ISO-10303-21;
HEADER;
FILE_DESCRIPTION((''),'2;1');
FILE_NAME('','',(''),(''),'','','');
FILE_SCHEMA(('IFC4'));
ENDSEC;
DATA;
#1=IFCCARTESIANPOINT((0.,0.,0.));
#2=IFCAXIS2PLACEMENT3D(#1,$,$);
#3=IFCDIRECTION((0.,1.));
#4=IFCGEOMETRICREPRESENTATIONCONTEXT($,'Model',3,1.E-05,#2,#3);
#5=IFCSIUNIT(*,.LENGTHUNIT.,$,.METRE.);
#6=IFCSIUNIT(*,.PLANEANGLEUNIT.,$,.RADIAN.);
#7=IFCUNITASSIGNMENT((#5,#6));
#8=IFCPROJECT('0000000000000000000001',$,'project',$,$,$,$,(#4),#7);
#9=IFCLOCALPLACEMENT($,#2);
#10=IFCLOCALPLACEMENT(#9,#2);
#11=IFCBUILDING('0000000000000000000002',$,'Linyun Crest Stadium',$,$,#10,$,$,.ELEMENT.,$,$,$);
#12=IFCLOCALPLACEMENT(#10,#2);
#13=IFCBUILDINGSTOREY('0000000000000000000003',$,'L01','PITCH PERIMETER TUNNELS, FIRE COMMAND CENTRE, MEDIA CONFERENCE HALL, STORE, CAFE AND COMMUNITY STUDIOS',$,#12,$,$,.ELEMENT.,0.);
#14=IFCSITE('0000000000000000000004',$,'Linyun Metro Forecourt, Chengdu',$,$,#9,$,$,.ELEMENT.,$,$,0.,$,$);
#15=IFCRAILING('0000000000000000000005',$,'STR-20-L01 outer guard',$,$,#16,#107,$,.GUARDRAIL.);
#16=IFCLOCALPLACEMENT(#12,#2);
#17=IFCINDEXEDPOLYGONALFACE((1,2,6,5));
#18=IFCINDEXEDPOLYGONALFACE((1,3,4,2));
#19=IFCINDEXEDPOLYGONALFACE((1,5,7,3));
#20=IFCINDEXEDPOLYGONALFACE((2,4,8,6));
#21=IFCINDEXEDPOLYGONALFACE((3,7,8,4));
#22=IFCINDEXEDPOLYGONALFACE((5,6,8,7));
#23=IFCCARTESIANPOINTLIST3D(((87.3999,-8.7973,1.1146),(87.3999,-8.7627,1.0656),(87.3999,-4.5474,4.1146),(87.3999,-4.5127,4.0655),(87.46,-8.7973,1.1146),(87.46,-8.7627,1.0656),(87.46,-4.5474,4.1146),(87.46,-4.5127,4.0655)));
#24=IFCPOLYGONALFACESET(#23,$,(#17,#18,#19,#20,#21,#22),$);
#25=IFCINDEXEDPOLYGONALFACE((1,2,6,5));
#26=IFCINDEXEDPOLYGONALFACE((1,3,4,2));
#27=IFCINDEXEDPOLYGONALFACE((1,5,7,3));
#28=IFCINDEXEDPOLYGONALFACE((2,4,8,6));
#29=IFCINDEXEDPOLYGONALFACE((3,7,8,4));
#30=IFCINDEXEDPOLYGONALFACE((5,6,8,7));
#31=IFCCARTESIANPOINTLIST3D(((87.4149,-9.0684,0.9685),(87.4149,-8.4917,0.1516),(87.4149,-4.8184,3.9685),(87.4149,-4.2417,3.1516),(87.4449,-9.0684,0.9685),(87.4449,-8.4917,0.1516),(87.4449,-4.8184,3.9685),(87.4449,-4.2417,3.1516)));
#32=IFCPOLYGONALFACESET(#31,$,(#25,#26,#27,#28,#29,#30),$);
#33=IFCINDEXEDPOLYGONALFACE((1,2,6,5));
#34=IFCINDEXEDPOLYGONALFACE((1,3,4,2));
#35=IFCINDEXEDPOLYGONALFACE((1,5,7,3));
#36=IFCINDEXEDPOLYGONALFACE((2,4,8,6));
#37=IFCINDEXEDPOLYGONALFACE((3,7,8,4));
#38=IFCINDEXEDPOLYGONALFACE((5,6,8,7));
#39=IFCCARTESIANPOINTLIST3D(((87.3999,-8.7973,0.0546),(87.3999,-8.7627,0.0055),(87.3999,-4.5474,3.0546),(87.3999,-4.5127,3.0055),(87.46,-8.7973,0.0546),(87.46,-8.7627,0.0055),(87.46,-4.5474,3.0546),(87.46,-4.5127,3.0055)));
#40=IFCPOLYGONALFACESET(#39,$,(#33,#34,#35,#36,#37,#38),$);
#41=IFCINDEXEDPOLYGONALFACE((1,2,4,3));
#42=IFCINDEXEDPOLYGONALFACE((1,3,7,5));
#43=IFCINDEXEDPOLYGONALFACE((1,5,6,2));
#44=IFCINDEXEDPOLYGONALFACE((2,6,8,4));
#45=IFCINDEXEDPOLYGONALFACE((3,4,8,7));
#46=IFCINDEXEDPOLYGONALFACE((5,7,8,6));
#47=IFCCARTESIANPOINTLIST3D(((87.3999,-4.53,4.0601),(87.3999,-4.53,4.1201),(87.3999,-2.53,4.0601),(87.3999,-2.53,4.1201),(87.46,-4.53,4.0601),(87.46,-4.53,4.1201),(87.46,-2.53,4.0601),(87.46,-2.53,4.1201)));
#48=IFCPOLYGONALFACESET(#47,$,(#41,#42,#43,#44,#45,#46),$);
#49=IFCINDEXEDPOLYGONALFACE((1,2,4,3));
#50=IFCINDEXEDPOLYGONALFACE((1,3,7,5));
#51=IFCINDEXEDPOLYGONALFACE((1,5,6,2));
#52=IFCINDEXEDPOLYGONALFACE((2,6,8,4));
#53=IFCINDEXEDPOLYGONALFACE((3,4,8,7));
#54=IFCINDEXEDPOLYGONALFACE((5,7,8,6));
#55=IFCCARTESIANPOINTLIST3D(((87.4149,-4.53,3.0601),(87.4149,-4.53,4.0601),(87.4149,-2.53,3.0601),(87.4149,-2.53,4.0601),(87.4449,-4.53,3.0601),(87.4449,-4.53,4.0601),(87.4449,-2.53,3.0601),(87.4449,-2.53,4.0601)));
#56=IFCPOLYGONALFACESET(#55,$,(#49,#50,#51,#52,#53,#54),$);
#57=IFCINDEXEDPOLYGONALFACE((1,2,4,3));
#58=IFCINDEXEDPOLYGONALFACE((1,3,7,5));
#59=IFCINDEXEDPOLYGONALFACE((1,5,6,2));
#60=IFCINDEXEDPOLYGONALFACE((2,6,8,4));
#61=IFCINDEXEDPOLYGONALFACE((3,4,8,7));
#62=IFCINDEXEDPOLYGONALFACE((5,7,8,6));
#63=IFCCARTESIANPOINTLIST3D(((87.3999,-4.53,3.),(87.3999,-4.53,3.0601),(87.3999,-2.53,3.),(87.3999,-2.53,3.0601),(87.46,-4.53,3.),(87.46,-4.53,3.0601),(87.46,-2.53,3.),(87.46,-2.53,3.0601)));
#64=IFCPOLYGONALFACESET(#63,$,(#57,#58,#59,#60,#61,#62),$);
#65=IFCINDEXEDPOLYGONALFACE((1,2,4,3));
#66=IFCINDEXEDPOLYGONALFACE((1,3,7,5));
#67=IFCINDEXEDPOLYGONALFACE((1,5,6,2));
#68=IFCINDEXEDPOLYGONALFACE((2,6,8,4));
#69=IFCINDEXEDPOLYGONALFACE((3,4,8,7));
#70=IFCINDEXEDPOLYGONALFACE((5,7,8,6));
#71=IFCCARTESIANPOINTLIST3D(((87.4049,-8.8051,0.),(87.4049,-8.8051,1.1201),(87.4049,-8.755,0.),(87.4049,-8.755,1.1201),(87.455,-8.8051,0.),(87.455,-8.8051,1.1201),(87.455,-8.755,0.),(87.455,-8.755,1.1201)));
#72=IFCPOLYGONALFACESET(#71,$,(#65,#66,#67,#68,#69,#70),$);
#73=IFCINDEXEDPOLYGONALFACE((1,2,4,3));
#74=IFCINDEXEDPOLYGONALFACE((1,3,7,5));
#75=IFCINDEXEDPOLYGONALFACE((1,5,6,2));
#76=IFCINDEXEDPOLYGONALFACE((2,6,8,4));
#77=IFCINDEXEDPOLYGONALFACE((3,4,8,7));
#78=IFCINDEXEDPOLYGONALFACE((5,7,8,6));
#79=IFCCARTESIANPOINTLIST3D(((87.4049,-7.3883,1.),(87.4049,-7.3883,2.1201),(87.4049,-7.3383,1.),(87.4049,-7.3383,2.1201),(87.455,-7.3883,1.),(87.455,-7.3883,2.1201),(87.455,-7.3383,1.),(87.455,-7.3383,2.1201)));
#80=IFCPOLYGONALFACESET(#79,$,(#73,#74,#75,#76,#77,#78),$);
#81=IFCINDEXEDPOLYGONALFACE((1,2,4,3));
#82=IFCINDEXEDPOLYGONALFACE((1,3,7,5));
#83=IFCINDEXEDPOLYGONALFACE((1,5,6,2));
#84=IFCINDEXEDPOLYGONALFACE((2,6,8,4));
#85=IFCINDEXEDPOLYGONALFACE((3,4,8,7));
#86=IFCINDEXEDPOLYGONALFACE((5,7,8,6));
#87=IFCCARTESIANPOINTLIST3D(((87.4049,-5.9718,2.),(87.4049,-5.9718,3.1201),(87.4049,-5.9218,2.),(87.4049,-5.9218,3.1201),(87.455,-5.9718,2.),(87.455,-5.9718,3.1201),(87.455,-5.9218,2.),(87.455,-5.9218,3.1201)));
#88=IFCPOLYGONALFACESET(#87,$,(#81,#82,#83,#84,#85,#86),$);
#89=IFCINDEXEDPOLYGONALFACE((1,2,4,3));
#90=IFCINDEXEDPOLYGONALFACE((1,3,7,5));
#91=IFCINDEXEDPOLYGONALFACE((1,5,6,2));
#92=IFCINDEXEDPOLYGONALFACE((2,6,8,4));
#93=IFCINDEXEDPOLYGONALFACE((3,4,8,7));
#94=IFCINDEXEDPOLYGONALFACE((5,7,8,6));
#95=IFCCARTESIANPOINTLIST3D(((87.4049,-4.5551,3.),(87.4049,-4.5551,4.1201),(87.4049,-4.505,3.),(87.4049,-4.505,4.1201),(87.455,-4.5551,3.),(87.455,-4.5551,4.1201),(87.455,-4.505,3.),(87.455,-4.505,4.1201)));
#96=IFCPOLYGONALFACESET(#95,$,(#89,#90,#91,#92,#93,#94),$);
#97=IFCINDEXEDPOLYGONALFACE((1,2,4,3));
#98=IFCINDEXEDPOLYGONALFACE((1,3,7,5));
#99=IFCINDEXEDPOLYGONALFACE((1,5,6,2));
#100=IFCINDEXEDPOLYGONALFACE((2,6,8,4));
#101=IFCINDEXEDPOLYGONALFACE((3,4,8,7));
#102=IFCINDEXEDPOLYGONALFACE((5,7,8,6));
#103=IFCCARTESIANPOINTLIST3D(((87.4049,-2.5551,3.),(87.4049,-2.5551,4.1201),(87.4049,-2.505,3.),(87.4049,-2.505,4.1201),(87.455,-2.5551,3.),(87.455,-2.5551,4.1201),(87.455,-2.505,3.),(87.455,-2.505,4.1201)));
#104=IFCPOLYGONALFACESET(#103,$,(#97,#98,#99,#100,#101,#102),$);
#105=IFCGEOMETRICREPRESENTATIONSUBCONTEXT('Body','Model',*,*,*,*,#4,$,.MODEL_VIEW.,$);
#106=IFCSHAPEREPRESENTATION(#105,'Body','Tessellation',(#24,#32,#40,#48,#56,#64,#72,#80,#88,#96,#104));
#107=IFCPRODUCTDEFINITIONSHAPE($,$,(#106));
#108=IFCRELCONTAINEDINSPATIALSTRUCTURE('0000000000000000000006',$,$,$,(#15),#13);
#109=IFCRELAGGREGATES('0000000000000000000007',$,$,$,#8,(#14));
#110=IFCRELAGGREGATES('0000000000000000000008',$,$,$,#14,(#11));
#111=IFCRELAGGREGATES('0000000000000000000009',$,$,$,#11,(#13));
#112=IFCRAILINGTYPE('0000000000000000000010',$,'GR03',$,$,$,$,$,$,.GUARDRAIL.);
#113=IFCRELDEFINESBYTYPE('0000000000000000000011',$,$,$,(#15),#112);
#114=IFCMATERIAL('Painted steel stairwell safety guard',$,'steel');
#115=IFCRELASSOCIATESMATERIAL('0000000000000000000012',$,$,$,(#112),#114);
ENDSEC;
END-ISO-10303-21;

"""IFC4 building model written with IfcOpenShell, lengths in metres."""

from ifc_helpers import new_model, si_unit, direction, frame, origin, origin_2d, place, context, subcontext, project, spatial, rectangle, extrude, material, type_object, element, save


model = new_model("IFC4")

# Units and contexts
model_context = context("Model", 3, precision=1e-05, world=origin(), true_north=direction((0.0, 1.0)))
body_context = subcontext(model_context, "Body", "Model", "MODEL_VIEW")
ifc_project = project(units=[si_unit("LENGTHUNIT", "METRE"), si_unit("PLANEANGLEUNIT", "RADIAN")], contexts=[model_context])

# Site, building, storey
site_placement = place(None, origin())
site = spatial("IfcSite", under=ifc_project, at=site_placement, Name="Linyun Metro Forecourt, Chengdu", CompositionType="ELEMENT", RefElevation=0.0)
building_placement = place(site_placement, origin())
building = spatial("IfcBuilding", under=site, at=building_placement, Name="Linyun Crest Stadium", CompositionType="ELEMENT")
storey_placement = place(building_placement, origin())
storey = spatial("IfcBuildingStorey", under=building, at=storey_placement, Name="L01", Description="PITCH PERIMETER TUNNELS, FIRE COMMAND CENTRE, MEDIA CONFERENCE HALL, STORE, CAFE AND COMMUNITY STUDIOS", CompositionType="ELEMENT", Elevation=0.0)

# Railing
ifc_material_1 = material(Name="Painted steel stairwell safety guard", Category="steel")
railing_type_1 = type_object("IfcRailingType", Name="GR03", PredefinedType="GUARDRAIL", material=ifc_material_1)
railing_1_placement = place(storey_placement, frame((87.4299, -8.78, 0.0)))
element("IfcRailing", 1, at=railing_1_placement, inside=storey, type_object=railing_type_1, Name="STR-20-L01 outer guard", PredefinedType="GUARDRAIL", context=body_context, shape_type="SweptSolid", body=[
    extrude(rectangle(XDim=0.0601, YDim=0.0601, at=origin_2d()), frame((0.0, 0.0, 1.0901), z_axis=(0.0, 0.816968, 0.576683), x_axis=(-1.0, 0.0, 0.0)), (0.0, 0.0, 1.0), 5.2021),
    extrude(rectangle(XDim=0.03, YDim=1.0, at=origin_2d()), frame((0.0, 0.0, 0.5601), z_axis=(0.0, 0.816968, 0.576683), x_axis=(-1.0, 0.0, 0.0)), (0.0, 0.0, 1.0), 5.2021),
    extrude(rectangle(XDim=0.0601, YDim=0.0601, at=origin_2d()), frame((0.0, 0.0, 0.03), z_axis=(0.0, 0.816968, 0.576683), x_axis=(-1.0, 0.0, 0.0)), (0.0, 0.0, 1.0), 5.2021),
    extrude(rectangle(XDim=0.0601, YDim=0.0601, at=origin_2d()), frame((0.0, 4.25, 4.0901), z_axis=(0.0, 1.0, 0.0), x_axis=(-1.0, 0.0, 0.0)), (0.0, 0.0, 1.0), 2.0),
    extrude(rectangle(XDim=0.03, YDim=1.0, at=origin_2d()), frame((0.0, 4.25, 3.5601), z_axis=(0.0, 1.0, 0.0), x_axis=(-1.0, 0.0, 0.0)), (0.0, 0.0, 1.0), 2.0),
    extrude(rectangle(XDim=0.0601, YDim=0.0601, at=origin_2d()), frame((0.0, 4.25, 3.03), z_axis=(0.0, 1.0, 0.0), x_axis=(-1.0, 0.0, 0.0)), (0.0, 0.0, 1.0), 2.0),
    extrude(rectangle(XDim=0.05, YDim=0.05, at=origin_2d()), origin(), (0.0, 0.0, 1.0), 1.1201),
    extrude(rectangle(XDim=0.05, YDim=0.05, at=origin_2d()), frame((0.0, 1.4167, 1.0)), (0.0, 0.0, 1.0), 1.1201),
    extrude(rectangle(XDim=0.05, YDim=0.05, at=origin_2d()), frame((0.0, 2.8333, 2.0)), (0.0, 0.0, 1.0), 1.1201),
    extrude(rectangle(XDim=0.05, YDim=0.05, at=origin_2d()), frame((0.0, 4.25, 3.0)), (0.0, 0.0, 1.0), 1.1201),
    extrude(rectangle(XDim=0.05, YDim=0.05, at=origin_2d()), frame((0.0, 6.25, 3.0)), (0.0, 0.0, 1.0), 1.1201),
])

save(model, "model.ifc")
